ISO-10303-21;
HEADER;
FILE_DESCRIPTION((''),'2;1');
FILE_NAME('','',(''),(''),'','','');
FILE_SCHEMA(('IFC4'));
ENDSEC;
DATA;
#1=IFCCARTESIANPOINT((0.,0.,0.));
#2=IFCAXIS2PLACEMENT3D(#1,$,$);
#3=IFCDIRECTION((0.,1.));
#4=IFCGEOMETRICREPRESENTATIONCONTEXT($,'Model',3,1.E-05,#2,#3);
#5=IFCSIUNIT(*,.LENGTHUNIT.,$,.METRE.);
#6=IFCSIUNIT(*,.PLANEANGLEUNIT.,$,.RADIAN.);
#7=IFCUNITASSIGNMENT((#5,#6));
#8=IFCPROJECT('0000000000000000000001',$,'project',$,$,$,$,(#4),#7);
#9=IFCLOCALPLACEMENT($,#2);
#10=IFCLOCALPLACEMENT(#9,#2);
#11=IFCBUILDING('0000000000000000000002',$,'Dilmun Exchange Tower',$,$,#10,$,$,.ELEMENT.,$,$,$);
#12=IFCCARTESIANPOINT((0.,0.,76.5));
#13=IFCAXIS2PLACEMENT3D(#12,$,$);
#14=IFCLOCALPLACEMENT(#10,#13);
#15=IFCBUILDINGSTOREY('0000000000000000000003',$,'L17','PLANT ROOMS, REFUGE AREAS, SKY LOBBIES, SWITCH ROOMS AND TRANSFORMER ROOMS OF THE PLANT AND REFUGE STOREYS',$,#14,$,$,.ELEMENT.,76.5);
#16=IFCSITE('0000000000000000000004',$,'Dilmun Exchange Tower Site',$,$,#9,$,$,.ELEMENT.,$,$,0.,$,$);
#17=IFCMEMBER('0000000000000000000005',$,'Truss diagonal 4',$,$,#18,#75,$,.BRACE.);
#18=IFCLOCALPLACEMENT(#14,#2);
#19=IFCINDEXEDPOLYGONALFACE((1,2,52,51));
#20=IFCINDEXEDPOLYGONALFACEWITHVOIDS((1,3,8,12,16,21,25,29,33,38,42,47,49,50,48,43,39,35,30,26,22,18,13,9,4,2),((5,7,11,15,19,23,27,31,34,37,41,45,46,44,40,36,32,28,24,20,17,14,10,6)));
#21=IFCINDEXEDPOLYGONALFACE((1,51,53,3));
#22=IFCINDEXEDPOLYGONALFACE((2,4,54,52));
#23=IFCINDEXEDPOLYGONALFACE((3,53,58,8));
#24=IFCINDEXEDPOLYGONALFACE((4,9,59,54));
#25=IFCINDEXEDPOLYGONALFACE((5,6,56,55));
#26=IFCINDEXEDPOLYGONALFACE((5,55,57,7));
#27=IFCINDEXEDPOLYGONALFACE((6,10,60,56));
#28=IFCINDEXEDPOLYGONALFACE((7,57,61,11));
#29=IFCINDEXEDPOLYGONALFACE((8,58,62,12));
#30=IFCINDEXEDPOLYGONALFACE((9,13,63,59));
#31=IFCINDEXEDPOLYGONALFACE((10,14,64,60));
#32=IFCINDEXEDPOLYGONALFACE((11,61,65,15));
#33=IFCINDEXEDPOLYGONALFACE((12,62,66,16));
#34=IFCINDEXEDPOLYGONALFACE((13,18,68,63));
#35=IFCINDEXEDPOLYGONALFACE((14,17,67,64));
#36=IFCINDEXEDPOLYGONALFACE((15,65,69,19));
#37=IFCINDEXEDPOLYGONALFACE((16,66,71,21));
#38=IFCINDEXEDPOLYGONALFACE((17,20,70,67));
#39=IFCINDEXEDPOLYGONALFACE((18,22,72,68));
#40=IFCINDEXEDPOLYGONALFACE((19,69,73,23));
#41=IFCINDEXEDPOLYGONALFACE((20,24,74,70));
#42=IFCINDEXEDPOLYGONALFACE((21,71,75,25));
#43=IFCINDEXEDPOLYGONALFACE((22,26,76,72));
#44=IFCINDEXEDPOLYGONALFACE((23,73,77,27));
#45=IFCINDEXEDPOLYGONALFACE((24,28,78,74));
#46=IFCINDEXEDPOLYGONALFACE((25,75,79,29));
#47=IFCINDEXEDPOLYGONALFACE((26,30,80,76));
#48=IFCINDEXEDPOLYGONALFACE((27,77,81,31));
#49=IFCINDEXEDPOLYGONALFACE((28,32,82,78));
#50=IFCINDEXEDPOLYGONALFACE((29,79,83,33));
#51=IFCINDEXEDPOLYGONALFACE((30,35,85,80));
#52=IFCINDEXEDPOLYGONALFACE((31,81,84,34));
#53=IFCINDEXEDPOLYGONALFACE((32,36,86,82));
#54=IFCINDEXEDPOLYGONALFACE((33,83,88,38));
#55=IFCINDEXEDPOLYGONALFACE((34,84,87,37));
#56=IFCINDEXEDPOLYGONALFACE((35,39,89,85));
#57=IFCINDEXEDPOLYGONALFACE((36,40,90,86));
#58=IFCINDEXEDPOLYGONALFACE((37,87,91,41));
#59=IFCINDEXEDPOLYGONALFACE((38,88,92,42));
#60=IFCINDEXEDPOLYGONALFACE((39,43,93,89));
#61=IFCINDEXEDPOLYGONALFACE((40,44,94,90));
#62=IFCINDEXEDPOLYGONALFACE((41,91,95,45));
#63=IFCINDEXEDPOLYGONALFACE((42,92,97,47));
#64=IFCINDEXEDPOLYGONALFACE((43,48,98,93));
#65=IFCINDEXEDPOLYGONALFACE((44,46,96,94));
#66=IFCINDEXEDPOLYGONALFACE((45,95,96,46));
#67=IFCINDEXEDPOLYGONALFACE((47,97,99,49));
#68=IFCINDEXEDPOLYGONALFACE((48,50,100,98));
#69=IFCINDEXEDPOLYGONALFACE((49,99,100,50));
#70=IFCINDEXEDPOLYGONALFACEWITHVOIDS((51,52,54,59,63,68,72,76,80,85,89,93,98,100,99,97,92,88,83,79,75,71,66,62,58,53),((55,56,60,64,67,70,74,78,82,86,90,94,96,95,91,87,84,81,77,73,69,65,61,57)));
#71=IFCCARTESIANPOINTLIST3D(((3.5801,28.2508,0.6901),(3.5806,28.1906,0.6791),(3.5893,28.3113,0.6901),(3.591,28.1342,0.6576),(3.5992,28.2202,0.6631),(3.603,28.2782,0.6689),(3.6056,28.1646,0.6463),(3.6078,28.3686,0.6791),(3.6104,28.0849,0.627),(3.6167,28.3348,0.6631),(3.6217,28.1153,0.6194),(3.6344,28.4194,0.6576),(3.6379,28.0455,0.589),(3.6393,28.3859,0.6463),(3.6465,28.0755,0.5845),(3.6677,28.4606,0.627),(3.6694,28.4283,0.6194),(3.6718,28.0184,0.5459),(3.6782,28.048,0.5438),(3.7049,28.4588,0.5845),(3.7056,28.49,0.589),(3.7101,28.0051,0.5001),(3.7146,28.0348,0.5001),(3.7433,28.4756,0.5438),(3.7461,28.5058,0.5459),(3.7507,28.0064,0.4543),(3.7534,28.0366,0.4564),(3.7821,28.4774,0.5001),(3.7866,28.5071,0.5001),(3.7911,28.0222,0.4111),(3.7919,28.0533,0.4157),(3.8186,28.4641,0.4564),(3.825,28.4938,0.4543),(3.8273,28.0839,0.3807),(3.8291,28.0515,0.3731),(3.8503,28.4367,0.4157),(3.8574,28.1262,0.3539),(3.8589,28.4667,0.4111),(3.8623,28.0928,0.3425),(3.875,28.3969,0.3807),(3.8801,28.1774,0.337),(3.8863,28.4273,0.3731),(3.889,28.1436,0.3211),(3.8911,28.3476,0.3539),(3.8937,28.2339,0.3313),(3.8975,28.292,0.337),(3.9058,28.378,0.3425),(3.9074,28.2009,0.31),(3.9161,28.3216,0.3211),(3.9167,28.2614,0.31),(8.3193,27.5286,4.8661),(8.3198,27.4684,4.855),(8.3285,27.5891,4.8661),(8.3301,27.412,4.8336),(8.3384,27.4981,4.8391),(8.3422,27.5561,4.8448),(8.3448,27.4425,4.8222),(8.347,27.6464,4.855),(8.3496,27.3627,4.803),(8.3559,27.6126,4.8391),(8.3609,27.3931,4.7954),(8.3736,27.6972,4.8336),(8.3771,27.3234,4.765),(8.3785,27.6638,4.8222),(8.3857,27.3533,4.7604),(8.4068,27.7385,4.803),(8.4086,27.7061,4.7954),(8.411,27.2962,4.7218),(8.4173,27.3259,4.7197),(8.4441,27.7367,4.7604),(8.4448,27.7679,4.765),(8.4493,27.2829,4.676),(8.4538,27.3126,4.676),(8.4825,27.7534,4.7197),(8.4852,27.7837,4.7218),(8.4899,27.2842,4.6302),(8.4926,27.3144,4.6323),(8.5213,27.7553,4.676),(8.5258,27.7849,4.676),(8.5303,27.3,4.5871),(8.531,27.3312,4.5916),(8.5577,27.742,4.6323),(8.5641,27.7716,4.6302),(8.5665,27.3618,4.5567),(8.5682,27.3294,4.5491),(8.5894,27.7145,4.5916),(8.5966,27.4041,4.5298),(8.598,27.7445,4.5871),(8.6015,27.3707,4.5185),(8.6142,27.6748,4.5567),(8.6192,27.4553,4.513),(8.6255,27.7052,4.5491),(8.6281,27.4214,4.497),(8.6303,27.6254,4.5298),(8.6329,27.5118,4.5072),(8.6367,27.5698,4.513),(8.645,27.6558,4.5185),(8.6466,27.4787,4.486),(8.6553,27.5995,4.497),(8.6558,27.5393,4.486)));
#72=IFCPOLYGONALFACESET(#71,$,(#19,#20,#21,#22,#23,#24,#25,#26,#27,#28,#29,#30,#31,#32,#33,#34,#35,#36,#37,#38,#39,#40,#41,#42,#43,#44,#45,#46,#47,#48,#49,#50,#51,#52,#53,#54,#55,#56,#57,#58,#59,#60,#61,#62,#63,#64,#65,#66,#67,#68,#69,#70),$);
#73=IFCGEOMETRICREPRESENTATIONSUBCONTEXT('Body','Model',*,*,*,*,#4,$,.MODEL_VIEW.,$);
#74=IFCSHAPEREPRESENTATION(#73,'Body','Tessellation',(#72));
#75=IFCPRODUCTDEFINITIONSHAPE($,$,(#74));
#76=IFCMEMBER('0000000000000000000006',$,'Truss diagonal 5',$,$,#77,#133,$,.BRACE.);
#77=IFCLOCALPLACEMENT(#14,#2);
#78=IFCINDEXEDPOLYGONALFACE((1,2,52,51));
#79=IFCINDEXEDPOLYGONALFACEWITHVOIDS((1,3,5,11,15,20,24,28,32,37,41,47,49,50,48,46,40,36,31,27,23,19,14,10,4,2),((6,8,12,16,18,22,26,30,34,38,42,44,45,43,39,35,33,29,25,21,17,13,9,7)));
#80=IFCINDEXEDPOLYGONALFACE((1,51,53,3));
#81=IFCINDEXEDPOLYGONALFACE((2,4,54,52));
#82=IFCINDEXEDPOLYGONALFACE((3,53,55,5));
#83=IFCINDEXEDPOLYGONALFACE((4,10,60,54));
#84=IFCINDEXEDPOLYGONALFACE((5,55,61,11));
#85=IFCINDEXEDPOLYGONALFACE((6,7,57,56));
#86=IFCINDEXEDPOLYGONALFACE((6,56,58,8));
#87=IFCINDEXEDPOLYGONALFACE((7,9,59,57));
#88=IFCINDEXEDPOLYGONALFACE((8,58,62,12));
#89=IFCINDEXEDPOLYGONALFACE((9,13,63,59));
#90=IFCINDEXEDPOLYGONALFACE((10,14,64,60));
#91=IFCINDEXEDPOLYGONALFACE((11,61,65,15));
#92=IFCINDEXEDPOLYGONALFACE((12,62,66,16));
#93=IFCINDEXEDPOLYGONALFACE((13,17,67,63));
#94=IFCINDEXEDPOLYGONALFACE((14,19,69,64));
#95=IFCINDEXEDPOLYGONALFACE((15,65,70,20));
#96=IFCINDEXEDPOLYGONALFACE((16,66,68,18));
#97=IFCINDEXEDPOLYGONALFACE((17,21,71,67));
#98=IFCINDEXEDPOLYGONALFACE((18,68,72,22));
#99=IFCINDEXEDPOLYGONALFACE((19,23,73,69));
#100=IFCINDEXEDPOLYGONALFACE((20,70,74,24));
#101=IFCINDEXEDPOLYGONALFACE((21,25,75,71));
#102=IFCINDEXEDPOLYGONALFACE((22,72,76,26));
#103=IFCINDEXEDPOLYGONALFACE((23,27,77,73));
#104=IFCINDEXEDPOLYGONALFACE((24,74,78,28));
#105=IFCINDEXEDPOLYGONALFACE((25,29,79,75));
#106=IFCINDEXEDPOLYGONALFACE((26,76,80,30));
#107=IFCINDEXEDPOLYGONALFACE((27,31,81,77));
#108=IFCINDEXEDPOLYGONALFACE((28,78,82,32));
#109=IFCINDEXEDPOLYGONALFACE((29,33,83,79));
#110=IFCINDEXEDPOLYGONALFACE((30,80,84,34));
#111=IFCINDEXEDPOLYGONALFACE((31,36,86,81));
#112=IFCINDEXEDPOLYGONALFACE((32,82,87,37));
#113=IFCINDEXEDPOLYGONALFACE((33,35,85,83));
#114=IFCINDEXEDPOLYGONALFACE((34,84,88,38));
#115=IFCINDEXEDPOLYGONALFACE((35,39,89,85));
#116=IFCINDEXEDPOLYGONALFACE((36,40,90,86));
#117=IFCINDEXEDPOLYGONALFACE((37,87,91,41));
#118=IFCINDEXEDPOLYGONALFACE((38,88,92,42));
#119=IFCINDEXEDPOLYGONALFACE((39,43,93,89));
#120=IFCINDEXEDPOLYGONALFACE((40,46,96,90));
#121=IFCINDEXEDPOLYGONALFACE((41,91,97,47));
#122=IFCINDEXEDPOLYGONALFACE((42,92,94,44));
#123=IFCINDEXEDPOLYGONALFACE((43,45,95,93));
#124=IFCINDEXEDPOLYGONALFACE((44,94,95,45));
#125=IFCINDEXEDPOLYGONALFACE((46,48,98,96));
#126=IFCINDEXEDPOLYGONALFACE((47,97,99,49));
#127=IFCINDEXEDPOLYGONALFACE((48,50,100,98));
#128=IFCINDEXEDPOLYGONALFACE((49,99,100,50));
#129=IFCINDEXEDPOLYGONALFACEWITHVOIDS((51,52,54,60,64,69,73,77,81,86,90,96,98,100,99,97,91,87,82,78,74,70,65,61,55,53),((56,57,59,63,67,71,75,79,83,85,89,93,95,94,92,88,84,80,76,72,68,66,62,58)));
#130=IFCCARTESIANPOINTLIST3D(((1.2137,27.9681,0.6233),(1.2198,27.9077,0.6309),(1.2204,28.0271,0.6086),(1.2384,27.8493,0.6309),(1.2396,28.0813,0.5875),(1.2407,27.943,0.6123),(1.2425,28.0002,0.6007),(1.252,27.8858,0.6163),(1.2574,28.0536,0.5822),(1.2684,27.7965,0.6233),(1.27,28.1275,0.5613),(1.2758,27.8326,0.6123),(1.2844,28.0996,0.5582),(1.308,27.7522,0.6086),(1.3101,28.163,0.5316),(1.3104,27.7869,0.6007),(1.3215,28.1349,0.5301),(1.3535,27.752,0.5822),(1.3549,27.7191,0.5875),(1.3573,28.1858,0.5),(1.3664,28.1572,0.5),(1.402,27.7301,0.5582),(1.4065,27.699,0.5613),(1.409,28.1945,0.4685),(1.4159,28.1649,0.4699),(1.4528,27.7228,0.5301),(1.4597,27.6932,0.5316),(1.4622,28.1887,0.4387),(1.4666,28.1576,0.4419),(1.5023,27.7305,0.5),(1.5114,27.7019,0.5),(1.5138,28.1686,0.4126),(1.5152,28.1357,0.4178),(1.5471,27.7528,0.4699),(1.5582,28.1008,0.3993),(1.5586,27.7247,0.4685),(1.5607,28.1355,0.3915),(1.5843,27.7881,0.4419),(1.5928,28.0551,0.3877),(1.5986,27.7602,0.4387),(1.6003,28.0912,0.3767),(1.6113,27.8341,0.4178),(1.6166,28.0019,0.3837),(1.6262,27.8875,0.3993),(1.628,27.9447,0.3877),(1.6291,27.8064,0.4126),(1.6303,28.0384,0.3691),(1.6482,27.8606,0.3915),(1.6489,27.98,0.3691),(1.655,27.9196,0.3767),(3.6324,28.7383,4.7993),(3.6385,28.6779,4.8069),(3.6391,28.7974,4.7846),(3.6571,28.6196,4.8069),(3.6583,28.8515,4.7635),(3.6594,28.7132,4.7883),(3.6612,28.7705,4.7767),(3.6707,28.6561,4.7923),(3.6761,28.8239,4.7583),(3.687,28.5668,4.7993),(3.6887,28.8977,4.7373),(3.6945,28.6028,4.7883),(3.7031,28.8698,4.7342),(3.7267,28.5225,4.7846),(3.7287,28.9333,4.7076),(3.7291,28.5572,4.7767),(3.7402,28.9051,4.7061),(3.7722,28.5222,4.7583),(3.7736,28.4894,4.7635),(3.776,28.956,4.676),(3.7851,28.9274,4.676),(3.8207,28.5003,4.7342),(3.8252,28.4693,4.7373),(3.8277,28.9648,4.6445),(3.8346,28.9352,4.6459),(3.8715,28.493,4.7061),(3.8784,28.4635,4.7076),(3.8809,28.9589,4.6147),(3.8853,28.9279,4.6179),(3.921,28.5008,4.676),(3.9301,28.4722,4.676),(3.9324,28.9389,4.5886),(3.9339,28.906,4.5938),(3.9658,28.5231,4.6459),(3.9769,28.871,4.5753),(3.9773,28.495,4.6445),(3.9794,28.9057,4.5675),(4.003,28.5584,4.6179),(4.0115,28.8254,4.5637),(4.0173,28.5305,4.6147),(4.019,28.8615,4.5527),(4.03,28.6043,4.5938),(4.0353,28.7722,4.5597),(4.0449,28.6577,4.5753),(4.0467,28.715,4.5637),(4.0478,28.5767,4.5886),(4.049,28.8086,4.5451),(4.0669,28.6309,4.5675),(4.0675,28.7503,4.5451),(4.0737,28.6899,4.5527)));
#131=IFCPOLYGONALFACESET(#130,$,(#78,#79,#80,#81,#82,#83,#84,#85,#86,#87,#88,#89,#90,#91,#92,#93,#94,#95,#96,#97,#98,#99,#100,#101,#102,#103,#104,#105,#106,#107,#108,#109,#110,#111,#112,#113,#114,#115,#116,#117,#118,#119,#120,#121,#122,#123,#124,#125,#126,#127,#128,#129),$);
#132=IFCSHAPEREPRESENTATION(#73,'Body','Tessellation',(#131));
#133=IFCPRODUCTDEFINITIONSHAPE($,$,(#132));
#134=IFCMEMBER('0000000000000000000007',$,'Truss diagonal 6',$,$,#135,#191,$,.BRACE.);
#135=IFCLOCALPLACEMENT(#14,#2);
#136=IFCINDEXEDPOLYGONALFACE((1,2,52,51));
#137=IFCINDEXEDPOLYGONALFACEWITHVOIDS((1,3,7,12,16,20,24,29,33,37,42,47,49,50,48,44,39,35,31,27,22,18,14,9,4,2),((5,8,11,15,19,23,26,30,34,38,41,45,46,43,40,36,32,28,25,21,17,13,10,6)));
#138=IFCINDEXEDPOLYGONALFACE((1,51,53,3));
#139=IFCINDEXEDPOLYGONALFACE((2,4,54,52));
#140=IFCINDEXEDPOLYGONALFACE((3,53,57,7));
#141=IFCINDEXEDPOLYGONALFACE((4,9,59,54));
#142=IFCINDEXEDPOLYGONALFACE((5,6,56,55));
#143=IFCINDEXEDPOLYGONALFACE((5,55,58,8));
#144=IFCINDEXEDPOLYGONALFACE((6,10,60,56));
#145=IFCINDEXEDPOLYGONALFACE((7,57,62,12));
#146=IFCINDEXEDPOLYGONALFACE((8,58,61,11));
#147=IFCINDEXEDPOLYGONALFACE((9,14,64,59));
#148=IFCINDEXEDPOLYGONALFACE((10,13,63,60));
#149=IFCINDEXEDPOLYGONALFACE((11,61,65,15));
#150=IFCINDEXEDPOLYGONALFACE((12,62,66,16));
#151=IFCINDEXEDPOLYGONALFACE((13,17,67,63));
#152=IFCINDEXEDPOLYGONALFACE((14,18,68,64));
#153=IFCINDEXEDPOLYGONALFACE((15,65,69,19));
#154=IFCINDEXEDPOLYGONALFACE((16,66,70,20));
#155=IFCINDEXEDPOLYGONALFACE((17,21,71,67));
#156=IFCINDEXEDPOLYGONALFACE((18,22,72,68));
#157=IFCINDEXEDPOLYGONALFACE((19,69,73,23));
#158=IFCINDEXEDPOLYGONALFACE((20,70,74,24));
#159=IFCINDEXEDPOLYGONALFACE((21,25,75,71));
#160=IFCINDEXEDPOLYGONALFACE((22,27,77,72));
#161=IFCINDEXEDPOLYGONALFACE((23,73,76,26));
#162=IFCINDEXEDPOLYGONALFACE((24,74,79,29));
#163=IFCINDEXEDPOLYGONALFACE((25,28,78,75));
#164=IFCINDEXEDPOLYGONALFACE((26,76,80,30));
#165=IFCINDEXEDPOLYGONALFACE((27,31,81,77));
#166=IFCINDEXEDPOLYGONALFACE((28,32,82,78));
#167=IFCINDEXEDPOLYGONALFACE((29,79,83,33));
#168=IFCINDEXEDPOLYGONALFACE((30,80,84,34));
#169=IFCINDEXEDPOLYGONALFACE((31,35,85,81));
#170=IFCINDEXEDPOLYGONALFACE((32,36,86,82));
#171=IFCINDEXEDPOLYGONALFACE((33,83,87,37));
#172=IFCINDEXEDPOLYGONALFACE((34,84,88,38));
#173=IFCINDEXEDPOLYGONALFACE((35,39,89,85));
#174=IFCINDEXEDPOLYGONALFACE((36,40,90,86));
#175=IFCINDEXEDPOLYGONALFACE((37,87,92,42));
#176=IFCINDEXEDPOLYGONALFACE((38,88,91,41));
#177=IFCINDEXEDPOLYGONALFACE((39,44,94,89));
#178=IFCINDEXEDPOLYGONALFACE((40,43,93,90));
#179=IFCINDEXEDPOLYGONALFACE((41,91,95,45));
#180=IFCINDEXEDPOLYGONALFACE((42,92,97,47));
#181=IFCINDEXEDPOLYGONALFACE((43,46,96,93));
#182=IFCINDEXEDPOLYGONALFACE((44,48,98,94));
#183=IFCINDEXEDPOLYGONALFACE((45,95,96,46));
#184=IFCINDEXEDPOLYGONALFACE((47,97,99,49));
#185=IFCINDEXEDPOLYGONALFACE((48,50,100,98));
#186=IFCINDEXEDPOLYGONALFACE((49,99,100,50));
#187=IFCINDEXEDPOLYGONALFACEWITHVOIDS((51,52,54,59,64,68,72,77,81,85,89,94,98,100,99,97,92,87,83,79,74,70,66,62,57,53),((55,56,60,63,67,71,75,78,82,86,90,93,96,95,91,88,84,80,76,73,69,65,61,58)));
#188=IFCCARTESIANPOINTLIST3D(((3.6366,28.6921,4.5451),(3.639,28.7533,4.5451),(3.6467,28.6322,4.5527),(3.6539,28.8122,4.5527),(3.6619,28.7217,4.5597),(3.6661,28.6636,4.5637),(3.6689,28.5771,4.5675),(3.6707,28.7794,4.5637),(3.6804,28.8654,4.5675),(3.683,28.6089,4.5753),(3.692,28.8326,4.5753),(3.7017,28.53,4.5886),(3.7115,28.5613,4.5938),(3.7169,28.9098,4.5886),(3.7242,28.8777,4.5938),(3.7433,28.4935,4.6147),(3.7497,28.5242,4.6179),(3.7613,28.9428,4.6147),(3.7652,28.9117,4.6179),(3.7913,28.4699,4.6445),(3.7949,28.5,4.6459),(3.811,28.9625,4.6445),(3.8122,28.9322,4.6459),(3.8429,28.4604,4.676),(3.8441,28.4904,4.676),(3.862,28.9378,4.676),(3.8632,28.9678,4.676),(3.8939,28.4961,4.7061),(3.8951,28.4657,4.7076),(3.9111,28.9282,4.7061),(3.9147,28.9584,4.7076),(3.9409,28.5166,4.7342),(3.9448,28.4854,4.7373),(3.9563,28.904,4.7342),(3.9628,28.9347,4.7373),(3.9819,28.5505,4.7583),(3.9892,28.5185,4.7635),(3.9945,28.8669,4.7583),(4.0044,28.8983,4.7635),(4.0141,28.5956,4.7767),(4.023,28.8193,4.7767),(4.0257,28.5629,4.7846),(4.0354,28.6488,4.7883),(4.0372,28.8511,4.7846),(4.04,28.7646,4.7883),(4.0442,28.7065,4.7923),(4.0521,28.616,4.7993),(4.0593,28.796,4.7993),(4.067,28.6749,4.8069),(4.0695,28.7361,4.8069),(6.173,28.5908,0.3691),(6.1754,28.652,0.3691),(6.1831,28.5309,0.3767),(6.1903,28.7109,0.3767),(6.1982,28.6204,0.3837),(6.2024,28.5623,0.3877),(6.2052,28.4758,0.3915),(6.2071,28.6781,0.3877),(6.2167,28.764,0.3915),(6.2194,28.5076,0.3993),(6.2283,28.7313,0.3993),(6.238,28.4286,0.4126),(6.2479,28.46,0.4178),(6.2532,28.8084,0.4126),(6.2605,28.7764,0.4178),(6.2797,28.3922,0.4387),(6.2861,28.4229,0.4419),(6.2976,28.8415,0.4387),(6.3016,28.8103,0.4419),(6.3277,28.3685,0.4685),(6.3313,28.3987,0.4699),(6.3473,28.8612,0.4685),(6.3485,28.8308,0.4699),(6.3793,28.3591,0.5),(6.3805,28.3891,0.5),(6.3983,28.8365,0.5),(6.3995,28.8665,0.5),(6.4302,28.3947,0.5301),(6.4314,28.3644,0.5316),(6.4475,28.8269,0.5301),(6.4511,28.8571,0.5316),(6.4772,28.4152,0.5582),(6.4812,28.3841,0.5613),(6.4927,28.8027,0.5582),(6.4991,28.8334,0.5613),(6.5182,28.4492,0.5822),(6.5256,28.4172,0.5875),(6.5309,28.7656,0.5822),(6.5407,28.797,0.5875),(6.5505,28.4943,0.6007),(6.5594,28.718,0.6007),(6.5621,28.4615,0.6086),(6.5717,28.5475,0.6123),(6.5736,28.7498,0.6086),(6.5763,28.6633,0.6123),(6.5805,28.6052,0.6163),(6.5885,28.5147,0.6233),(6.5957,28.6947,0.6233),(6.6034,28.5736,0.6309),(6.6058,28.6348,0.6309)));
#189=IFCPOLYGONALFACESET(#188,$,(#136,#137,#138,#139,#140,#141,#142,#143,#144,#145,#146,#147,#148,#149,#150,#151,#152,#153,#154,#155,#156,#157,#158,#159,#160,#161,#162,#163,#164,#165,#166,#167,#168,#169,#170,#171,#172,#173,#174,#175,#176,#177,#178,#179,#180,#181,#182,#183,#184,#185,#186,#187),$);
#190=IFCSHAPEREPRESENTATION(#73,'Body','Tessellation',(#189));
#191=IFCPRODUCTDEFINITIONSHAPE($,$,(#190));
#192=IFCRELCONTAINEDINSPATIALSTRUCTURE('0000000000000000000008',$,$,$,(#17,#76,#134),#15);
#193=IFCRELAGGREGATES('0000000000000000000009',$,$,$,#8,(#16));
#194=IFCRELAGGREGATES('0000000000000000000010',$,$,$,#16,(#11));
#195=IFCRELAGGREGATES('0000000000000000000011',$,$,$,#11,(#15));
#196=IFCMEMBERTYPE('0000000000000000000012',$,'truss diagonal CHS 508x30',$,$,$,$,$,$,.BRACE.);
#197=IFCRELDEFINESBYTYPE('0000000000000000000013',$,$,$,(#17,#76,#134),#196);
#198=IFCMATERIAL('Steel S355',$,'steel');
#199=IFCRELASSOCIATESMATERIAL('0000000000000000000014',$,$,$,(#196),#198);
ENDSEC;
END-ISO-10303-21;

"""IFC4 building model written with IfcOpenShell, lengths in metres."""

from ifc_helpers import new_model, si_unit, direction, frame, origin, origin_2d, place, context, subcontext, project, spatial, hollow_circle, extrude, material, material_profile, profile_set, type_object, element, save


model = new_model("IFC4")

# Units and contexts
model_context = context("Model", 3, precision=1e-05, world=origin(), true_north=direction((0.0, 1.0)))
body_context = subcontext(model_context, "Body", "Model", "MODEL_VIEW")
ifc_project = project(units=[si_unit("LENGTHUNIT", "METRE"), si_unit("PLANEANGLEUNIT", "RADIAN")], contexts=[model_context])

# Site, building, storey
site_placement = place(None, origin())
site = spatial("IfcSite", under=ifc_project, at=site_placement, Name="Dilmun Exchange Tower Site", CompositionType="ELEMENT", RefElevation=0.0)
building_placement = place(site_placement, origin())
building = spatial("IfcBuilding", under=site, at=building_placement, Name="Dilmun Exchange Tower", CompositionType="ELEMENT")
storey_placement = place(building_placement, frame((0.0, 0.0, 76.5)))
storey = spatial("IfcBuildingStorey", under=building, at=storey_placement, Name="L17", Description="PLANT ROOMS, REFUGE AREAS, SKY LOBBIES, SWITCH ROOMS AND TRANSFORMER ROOMS OF THE PLANT AND REFUGE STOREYS", CompositionType="ELEMENT", Elevation=76.5)

# Shared definitions
ifc_material_1 = material(Name="Steel S355", Category="steel")

# Members
ifc_material_profile_1 = material_profile(ifc_material_1, hollow_circle(Radius=0.2539, WallThickness=0.03, at=origin_2d()), Name="CHS 508x30")
ifc_profile_set_1 = profile_set([ifc_material_profile_1], Name="Steel S355")
member_type_1 = type_object("IfcMemberType", Name="truss diagonal CHS 508x30", PredefinedType="BRACE", material=ifc_profile_set_1)
member_1_placement = place(storey_placement, frame((8.4875, 27.5339, 4.676), z_axis=(-0.745427, 0.113588, -0.656838), x_axis=(-0.150641, -0.988589, 0.0)))
element("IfcMember", 1, at=member_1_placement, inside=storey, type_object=member_type_1, Name="Truss diagonal 4", PredefinedType="BRACE", context=body_context, shape_type="SweptSolid", body=[
    extrude(hollow_circle(Radius=0.2539, WallThickness=0.03, at=origin_2d()), origin(), (0.0, 0.0, 1.0), 6.3577),
])
for number, where, z_axis, x_axis, name in (
    (2, (3.853, 28.7141, 4.676), (-0.494927, -0.157615, -0.85452), (0.303446, -0.952849, 0.0), "Truss diagonal 5"),
    (3, (3.853, 28.7141, 4.676), (0.519006, -0.020732, -0.854519), (0.039914, 0.999203, 0.0), "Truss diagonal 6"),
):
    element("IfcMember", number, at=place(storey_placement, frame(where, z_axis=z_axis, x_axis=x_axis)), inside=storey, type_object=member_type_1, Name=name, PredefinedType="BRACE", context=body_context, shape_type="SweptSolid", body=[
        extrude(hollow_circle(Radius=0.2539, WallThickness=0.03, at=origin_2d()), origin(), (0.0, 0.0, 1.0), 4.887),
    ])

save(model, "model.ifc")
